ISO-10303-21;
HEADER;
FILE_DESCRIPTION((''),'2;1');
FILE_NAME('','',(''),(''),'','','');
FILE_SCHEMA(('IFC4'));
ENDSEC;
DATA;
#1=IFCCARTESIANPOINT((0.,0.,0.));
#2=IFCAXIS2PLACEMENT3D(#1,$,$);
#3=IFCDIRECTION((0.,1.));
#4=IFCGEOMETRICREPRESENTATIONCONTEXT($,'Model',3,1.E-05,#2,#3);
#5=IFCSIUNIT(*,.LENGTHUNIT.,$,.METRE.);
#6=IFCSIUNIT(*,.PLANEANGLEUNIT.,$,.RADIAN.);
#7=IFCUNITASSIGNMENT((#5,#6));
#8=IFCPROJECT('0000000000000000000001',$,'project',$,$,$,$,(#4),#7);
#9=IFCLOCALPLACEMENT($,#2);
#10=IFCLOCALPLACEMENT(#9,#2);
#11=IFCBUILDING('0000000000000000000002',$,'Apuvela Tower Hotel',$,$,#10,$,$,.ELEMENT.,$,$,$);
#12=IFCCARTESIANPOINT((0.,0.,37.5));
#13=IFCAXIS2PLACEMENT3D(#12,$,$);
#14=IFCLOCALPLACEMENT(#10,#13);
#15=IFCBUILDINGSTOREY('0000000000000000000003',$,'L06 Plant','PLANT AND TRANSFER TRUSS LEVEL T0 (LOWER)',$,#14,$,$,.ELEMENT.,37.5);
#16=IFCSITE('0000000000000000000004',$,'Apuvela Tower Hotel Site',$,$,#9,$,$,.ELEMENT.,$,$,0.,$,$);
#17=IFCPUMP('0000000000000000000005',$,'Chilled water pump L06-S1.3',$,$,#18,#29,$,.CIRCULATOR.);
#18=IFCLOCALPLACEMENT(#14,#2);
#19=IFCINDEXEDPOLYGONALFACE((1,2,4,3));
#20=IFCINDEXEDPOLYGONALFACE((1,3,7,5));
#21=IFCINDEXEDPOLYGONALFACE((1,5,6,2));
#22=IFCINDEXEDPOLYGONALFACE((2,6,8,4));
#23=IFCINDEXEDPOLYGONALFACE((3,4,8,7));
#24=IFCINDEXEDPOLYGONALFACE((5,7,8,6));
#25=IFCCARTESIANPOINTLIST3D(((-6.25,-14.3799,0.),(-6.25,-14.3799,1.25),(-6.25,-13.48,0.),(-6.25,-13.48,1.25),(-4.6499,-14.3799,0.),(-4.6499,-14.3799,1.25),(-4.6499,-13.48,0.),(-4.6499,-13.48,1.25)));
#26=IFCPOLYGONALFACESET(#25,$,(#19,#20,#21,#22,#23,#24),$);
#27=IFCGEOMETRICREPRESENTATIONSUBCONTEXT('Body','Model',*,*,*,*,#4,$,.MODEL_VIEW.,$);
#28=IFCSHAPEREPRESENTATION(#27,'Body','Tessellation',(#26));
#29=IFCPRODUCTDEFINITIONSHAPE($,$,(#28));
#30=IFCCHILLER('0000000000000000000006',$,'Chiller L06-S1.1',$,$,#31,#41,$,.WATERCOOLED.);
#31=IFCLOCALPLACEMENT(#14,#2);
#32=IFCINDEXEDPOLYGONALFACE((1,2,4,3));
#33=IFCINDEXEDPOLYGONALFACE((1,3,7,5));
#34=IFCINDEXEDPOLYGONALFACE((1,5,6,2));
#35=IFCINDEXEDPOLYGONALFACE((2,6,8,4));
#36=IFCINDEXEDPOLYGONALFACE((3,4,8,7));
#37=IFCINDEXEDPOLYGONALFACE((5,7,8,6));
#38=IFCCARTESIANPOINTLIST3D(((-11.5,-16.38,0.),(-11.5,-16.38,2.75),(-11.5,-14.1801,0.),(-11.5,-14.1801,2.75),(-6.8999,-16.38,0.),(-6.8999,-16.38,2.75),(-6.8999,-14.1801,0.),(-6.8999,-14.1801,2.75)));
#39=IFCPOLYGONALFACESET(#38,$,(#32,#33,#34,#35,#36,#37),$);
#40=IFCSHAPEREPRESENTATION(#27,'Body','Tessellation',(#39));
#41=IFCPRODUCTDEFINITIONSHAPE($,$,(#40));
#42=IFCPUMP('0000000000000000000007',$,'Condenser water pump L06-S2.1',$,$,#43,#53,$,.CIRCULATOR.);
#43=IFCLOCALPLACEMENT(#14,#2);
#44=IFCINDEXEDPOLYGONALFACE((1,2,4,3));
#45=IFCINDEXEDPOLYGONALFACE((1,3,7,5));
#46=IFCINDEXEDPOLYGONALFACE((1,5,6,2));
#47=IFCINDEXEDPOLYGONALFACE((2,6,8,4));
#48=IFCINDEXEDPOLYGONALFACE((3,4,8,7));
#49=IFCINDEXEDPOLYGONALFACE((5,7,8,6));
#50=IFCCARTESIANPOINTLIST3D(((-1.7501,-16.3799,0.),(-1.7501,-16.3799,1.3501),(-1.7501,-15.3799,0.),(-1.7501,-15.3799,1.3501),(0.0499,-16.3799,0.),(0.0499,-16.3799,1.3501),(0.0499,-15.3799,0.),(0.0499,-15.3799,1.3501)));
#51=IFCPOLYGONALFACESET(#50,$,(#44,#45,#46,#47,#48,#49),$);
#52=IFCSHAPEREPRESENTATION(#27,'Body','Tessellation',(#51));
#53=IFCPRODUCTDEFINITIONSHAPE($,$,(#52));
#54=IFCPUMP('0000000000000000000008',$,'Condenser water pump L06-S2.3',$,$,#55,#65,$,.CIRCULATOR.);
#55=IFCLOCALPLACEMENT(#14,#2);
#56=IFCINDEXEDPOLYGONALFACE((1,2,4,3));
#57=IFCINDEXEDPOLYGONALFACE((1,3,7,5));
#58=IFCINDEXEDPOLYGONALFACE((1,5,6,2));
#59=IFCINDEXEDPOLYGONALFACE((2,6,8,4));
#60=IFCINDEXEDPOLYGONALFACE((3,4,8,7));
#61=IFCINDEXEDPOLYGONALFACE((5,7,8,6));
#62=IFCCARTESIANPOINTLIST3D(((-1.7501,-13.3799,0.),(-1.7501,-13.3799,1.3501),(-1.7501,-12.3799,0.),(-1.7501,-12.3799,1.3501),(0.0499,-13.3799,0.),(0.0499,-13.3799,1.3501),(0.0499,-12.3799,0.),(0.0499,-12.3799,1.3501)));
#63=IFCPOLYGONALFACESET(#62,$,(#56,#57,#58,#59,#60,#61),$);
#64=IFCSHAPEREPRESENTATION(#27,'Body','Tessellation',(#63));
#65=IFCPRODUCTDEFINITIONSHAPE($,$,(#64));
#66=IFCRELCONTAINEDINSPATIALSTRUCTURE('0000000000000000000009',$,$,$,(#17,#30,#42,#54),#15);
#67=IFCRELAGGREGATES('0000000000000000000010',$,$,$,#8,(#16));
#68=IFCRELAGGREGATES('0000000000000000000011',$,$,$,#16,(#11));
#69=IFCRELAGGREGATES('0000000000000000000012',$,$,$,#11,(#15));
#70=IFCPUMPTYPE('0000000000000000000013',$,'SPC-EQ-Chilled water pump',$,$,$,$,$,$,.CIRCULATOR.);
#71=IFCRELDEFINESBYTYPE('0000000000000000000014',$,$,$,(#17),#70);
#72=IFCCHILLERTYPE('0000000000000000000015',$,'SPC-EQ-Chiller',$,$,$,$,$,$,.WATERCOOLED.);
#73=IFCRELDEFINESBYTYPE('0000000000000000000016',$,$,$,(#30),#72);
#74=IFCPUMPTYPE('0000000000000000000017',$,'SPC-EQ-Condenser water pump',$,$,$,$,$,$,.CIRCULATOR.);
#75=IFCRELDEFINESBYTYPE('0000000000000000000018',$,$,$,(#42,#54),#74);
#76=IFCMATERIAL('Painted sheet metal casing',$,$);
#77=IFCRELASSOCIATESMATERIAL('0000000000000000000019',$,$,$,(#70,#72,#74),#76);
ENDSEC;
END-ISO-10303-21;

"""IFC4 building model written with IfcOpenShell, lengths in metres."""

from ifc_helpers import new_model, si_unit, direction, frame, origin, origin_2d, place, context, subcontext, project, spatial, rectangle, extrude, material, type_object, element, save


model = new_model("IFC4")

# Units and contexts
model_context = context("Model", 3, precision=1e-05, world=origin(), true_north=direction((0.0, 1.0)))
body_context = subcontext(model_context, "Body", "Model", "MODEL_VIEW")
ifc_project = project(units=[si_unit("LENGTHUNIT", "METRE"), si_unit("PLANEANGLEUNIT", "RADIAN")], contexts=[model_context])

# Site, building, storey
site_placement = place(None, origin())
site = spatial("IfcSite", under=ifc_project, at=site_placement, Name="Apuvela Tower Hotel Site", CompositionType="ELEMENT", RefElevation=0.0)
building_placement = place(site_placement, origin())
building = spatial("IfcBuilding", under=site, at=building_placement, Name="Apuvela Tower Hotel", CompositionType="ELEMENT")
storey_placement = place(building_placement, frame((0.0, 0.0, 37.5)))
storey = spatial("IfcBuildingStorey", under=building, at=storey_placement, Name="L06 Plant", Description="PLANT AND TRANSFER TRUSS LEVEL T0 (LOWER)", CompositionType="ELEMENT", Elevation=37.5)

# Pump
ifc_material_1 = material(Name="Painted sheet metal casing")
pump_type_1 = type_object("IfcPumpType", Name="SPC-EQ-Chilled water pump", PredefinedType="CIRCULATOR", material=ifc_material_1)
for number, where, z_axis, x_axis, name in (
    (1, (-5.45, -13.9299, 0.0), (0.0, 0.0, 1.0), (1.0, 0.0, 0.0), "Chilled water pump L06-S1.3"),
):
    element("IfcPump", number, at=place(storey_placement, frame(where, z_axis=z_axis, x_axis=x_axis)), inside=storey, type_object=pump_type_1, Name=name, PredefinedType="CIRCULATOR", context=body_context, shape_type="SweptSolid", body=[
        extrude(rectangle(XDim=1.6001, YDim=0.8999, at=origin_2d()), origin(), (0.0, 0.0, 1.0), 1.25),
    ])

# Chiller
chiller_type = type_object("IfcChillerType", Name="SPC-EQ-Chiller", PredefinedType="WATERCOOLED", material=ifc_material_1)
chiller_placement = place(storey_placement, frame((-9.2, -15.28, 0.0), z_axis=(0.0, 0.0, 1.0), x_axis=(1.0, 0.0, 0.0)))
element("IfcChiller", 2, at=chiller_placement, inside=storey, type_object=chiller_type, Name="Chiller L06-S1.1", PredefinedType="WATERCOOLED", context=body_context, shape_type="SweptSolid", body=[
    extrude(rectangle(XDim=4.6001, YDim=2.2, at=origin_2d()), origin(), (0.0, 0.0, 1.0), 2.75),
])

# Pumps
pump_type_2 = type_object("IfcPumpType", Name="SPC-EQ-Condenser water pump", PredefinedType="CIRCULATOR", material=ifc_material_1)
for number, where, z_axis, x_axis, name in (
    (3, (-0.8501, -15.8799, 0.0), (0.0, 0.0, 1.0), (1.0, 0.0, 0.0), "Condenser water pump L06-S2.1"),
    (4, (-0.8501, -12.8799, 0.0), (0.0, 0.0, 1.0), (1.0, 0.0, 0.0), "Condenser water pump L06-S2.3"),
):
    element("IfcPump", number, at=place(storey_placement, frame(where, z_axis=z_axis, x_axis=x_axis)), inside=storey, type_object=pump_type_2, Name=name, PredefinedType="CIRCULATOR", context=body_context, shape_type="SweptSolid", body=[
        extrude(rectangle(XDim=1.8, YDim=1.0, at=origin_2d()), origin(), (0.0, 0.0, 1.0), 1.3501),
    ])

save(model, "model.ifc")
